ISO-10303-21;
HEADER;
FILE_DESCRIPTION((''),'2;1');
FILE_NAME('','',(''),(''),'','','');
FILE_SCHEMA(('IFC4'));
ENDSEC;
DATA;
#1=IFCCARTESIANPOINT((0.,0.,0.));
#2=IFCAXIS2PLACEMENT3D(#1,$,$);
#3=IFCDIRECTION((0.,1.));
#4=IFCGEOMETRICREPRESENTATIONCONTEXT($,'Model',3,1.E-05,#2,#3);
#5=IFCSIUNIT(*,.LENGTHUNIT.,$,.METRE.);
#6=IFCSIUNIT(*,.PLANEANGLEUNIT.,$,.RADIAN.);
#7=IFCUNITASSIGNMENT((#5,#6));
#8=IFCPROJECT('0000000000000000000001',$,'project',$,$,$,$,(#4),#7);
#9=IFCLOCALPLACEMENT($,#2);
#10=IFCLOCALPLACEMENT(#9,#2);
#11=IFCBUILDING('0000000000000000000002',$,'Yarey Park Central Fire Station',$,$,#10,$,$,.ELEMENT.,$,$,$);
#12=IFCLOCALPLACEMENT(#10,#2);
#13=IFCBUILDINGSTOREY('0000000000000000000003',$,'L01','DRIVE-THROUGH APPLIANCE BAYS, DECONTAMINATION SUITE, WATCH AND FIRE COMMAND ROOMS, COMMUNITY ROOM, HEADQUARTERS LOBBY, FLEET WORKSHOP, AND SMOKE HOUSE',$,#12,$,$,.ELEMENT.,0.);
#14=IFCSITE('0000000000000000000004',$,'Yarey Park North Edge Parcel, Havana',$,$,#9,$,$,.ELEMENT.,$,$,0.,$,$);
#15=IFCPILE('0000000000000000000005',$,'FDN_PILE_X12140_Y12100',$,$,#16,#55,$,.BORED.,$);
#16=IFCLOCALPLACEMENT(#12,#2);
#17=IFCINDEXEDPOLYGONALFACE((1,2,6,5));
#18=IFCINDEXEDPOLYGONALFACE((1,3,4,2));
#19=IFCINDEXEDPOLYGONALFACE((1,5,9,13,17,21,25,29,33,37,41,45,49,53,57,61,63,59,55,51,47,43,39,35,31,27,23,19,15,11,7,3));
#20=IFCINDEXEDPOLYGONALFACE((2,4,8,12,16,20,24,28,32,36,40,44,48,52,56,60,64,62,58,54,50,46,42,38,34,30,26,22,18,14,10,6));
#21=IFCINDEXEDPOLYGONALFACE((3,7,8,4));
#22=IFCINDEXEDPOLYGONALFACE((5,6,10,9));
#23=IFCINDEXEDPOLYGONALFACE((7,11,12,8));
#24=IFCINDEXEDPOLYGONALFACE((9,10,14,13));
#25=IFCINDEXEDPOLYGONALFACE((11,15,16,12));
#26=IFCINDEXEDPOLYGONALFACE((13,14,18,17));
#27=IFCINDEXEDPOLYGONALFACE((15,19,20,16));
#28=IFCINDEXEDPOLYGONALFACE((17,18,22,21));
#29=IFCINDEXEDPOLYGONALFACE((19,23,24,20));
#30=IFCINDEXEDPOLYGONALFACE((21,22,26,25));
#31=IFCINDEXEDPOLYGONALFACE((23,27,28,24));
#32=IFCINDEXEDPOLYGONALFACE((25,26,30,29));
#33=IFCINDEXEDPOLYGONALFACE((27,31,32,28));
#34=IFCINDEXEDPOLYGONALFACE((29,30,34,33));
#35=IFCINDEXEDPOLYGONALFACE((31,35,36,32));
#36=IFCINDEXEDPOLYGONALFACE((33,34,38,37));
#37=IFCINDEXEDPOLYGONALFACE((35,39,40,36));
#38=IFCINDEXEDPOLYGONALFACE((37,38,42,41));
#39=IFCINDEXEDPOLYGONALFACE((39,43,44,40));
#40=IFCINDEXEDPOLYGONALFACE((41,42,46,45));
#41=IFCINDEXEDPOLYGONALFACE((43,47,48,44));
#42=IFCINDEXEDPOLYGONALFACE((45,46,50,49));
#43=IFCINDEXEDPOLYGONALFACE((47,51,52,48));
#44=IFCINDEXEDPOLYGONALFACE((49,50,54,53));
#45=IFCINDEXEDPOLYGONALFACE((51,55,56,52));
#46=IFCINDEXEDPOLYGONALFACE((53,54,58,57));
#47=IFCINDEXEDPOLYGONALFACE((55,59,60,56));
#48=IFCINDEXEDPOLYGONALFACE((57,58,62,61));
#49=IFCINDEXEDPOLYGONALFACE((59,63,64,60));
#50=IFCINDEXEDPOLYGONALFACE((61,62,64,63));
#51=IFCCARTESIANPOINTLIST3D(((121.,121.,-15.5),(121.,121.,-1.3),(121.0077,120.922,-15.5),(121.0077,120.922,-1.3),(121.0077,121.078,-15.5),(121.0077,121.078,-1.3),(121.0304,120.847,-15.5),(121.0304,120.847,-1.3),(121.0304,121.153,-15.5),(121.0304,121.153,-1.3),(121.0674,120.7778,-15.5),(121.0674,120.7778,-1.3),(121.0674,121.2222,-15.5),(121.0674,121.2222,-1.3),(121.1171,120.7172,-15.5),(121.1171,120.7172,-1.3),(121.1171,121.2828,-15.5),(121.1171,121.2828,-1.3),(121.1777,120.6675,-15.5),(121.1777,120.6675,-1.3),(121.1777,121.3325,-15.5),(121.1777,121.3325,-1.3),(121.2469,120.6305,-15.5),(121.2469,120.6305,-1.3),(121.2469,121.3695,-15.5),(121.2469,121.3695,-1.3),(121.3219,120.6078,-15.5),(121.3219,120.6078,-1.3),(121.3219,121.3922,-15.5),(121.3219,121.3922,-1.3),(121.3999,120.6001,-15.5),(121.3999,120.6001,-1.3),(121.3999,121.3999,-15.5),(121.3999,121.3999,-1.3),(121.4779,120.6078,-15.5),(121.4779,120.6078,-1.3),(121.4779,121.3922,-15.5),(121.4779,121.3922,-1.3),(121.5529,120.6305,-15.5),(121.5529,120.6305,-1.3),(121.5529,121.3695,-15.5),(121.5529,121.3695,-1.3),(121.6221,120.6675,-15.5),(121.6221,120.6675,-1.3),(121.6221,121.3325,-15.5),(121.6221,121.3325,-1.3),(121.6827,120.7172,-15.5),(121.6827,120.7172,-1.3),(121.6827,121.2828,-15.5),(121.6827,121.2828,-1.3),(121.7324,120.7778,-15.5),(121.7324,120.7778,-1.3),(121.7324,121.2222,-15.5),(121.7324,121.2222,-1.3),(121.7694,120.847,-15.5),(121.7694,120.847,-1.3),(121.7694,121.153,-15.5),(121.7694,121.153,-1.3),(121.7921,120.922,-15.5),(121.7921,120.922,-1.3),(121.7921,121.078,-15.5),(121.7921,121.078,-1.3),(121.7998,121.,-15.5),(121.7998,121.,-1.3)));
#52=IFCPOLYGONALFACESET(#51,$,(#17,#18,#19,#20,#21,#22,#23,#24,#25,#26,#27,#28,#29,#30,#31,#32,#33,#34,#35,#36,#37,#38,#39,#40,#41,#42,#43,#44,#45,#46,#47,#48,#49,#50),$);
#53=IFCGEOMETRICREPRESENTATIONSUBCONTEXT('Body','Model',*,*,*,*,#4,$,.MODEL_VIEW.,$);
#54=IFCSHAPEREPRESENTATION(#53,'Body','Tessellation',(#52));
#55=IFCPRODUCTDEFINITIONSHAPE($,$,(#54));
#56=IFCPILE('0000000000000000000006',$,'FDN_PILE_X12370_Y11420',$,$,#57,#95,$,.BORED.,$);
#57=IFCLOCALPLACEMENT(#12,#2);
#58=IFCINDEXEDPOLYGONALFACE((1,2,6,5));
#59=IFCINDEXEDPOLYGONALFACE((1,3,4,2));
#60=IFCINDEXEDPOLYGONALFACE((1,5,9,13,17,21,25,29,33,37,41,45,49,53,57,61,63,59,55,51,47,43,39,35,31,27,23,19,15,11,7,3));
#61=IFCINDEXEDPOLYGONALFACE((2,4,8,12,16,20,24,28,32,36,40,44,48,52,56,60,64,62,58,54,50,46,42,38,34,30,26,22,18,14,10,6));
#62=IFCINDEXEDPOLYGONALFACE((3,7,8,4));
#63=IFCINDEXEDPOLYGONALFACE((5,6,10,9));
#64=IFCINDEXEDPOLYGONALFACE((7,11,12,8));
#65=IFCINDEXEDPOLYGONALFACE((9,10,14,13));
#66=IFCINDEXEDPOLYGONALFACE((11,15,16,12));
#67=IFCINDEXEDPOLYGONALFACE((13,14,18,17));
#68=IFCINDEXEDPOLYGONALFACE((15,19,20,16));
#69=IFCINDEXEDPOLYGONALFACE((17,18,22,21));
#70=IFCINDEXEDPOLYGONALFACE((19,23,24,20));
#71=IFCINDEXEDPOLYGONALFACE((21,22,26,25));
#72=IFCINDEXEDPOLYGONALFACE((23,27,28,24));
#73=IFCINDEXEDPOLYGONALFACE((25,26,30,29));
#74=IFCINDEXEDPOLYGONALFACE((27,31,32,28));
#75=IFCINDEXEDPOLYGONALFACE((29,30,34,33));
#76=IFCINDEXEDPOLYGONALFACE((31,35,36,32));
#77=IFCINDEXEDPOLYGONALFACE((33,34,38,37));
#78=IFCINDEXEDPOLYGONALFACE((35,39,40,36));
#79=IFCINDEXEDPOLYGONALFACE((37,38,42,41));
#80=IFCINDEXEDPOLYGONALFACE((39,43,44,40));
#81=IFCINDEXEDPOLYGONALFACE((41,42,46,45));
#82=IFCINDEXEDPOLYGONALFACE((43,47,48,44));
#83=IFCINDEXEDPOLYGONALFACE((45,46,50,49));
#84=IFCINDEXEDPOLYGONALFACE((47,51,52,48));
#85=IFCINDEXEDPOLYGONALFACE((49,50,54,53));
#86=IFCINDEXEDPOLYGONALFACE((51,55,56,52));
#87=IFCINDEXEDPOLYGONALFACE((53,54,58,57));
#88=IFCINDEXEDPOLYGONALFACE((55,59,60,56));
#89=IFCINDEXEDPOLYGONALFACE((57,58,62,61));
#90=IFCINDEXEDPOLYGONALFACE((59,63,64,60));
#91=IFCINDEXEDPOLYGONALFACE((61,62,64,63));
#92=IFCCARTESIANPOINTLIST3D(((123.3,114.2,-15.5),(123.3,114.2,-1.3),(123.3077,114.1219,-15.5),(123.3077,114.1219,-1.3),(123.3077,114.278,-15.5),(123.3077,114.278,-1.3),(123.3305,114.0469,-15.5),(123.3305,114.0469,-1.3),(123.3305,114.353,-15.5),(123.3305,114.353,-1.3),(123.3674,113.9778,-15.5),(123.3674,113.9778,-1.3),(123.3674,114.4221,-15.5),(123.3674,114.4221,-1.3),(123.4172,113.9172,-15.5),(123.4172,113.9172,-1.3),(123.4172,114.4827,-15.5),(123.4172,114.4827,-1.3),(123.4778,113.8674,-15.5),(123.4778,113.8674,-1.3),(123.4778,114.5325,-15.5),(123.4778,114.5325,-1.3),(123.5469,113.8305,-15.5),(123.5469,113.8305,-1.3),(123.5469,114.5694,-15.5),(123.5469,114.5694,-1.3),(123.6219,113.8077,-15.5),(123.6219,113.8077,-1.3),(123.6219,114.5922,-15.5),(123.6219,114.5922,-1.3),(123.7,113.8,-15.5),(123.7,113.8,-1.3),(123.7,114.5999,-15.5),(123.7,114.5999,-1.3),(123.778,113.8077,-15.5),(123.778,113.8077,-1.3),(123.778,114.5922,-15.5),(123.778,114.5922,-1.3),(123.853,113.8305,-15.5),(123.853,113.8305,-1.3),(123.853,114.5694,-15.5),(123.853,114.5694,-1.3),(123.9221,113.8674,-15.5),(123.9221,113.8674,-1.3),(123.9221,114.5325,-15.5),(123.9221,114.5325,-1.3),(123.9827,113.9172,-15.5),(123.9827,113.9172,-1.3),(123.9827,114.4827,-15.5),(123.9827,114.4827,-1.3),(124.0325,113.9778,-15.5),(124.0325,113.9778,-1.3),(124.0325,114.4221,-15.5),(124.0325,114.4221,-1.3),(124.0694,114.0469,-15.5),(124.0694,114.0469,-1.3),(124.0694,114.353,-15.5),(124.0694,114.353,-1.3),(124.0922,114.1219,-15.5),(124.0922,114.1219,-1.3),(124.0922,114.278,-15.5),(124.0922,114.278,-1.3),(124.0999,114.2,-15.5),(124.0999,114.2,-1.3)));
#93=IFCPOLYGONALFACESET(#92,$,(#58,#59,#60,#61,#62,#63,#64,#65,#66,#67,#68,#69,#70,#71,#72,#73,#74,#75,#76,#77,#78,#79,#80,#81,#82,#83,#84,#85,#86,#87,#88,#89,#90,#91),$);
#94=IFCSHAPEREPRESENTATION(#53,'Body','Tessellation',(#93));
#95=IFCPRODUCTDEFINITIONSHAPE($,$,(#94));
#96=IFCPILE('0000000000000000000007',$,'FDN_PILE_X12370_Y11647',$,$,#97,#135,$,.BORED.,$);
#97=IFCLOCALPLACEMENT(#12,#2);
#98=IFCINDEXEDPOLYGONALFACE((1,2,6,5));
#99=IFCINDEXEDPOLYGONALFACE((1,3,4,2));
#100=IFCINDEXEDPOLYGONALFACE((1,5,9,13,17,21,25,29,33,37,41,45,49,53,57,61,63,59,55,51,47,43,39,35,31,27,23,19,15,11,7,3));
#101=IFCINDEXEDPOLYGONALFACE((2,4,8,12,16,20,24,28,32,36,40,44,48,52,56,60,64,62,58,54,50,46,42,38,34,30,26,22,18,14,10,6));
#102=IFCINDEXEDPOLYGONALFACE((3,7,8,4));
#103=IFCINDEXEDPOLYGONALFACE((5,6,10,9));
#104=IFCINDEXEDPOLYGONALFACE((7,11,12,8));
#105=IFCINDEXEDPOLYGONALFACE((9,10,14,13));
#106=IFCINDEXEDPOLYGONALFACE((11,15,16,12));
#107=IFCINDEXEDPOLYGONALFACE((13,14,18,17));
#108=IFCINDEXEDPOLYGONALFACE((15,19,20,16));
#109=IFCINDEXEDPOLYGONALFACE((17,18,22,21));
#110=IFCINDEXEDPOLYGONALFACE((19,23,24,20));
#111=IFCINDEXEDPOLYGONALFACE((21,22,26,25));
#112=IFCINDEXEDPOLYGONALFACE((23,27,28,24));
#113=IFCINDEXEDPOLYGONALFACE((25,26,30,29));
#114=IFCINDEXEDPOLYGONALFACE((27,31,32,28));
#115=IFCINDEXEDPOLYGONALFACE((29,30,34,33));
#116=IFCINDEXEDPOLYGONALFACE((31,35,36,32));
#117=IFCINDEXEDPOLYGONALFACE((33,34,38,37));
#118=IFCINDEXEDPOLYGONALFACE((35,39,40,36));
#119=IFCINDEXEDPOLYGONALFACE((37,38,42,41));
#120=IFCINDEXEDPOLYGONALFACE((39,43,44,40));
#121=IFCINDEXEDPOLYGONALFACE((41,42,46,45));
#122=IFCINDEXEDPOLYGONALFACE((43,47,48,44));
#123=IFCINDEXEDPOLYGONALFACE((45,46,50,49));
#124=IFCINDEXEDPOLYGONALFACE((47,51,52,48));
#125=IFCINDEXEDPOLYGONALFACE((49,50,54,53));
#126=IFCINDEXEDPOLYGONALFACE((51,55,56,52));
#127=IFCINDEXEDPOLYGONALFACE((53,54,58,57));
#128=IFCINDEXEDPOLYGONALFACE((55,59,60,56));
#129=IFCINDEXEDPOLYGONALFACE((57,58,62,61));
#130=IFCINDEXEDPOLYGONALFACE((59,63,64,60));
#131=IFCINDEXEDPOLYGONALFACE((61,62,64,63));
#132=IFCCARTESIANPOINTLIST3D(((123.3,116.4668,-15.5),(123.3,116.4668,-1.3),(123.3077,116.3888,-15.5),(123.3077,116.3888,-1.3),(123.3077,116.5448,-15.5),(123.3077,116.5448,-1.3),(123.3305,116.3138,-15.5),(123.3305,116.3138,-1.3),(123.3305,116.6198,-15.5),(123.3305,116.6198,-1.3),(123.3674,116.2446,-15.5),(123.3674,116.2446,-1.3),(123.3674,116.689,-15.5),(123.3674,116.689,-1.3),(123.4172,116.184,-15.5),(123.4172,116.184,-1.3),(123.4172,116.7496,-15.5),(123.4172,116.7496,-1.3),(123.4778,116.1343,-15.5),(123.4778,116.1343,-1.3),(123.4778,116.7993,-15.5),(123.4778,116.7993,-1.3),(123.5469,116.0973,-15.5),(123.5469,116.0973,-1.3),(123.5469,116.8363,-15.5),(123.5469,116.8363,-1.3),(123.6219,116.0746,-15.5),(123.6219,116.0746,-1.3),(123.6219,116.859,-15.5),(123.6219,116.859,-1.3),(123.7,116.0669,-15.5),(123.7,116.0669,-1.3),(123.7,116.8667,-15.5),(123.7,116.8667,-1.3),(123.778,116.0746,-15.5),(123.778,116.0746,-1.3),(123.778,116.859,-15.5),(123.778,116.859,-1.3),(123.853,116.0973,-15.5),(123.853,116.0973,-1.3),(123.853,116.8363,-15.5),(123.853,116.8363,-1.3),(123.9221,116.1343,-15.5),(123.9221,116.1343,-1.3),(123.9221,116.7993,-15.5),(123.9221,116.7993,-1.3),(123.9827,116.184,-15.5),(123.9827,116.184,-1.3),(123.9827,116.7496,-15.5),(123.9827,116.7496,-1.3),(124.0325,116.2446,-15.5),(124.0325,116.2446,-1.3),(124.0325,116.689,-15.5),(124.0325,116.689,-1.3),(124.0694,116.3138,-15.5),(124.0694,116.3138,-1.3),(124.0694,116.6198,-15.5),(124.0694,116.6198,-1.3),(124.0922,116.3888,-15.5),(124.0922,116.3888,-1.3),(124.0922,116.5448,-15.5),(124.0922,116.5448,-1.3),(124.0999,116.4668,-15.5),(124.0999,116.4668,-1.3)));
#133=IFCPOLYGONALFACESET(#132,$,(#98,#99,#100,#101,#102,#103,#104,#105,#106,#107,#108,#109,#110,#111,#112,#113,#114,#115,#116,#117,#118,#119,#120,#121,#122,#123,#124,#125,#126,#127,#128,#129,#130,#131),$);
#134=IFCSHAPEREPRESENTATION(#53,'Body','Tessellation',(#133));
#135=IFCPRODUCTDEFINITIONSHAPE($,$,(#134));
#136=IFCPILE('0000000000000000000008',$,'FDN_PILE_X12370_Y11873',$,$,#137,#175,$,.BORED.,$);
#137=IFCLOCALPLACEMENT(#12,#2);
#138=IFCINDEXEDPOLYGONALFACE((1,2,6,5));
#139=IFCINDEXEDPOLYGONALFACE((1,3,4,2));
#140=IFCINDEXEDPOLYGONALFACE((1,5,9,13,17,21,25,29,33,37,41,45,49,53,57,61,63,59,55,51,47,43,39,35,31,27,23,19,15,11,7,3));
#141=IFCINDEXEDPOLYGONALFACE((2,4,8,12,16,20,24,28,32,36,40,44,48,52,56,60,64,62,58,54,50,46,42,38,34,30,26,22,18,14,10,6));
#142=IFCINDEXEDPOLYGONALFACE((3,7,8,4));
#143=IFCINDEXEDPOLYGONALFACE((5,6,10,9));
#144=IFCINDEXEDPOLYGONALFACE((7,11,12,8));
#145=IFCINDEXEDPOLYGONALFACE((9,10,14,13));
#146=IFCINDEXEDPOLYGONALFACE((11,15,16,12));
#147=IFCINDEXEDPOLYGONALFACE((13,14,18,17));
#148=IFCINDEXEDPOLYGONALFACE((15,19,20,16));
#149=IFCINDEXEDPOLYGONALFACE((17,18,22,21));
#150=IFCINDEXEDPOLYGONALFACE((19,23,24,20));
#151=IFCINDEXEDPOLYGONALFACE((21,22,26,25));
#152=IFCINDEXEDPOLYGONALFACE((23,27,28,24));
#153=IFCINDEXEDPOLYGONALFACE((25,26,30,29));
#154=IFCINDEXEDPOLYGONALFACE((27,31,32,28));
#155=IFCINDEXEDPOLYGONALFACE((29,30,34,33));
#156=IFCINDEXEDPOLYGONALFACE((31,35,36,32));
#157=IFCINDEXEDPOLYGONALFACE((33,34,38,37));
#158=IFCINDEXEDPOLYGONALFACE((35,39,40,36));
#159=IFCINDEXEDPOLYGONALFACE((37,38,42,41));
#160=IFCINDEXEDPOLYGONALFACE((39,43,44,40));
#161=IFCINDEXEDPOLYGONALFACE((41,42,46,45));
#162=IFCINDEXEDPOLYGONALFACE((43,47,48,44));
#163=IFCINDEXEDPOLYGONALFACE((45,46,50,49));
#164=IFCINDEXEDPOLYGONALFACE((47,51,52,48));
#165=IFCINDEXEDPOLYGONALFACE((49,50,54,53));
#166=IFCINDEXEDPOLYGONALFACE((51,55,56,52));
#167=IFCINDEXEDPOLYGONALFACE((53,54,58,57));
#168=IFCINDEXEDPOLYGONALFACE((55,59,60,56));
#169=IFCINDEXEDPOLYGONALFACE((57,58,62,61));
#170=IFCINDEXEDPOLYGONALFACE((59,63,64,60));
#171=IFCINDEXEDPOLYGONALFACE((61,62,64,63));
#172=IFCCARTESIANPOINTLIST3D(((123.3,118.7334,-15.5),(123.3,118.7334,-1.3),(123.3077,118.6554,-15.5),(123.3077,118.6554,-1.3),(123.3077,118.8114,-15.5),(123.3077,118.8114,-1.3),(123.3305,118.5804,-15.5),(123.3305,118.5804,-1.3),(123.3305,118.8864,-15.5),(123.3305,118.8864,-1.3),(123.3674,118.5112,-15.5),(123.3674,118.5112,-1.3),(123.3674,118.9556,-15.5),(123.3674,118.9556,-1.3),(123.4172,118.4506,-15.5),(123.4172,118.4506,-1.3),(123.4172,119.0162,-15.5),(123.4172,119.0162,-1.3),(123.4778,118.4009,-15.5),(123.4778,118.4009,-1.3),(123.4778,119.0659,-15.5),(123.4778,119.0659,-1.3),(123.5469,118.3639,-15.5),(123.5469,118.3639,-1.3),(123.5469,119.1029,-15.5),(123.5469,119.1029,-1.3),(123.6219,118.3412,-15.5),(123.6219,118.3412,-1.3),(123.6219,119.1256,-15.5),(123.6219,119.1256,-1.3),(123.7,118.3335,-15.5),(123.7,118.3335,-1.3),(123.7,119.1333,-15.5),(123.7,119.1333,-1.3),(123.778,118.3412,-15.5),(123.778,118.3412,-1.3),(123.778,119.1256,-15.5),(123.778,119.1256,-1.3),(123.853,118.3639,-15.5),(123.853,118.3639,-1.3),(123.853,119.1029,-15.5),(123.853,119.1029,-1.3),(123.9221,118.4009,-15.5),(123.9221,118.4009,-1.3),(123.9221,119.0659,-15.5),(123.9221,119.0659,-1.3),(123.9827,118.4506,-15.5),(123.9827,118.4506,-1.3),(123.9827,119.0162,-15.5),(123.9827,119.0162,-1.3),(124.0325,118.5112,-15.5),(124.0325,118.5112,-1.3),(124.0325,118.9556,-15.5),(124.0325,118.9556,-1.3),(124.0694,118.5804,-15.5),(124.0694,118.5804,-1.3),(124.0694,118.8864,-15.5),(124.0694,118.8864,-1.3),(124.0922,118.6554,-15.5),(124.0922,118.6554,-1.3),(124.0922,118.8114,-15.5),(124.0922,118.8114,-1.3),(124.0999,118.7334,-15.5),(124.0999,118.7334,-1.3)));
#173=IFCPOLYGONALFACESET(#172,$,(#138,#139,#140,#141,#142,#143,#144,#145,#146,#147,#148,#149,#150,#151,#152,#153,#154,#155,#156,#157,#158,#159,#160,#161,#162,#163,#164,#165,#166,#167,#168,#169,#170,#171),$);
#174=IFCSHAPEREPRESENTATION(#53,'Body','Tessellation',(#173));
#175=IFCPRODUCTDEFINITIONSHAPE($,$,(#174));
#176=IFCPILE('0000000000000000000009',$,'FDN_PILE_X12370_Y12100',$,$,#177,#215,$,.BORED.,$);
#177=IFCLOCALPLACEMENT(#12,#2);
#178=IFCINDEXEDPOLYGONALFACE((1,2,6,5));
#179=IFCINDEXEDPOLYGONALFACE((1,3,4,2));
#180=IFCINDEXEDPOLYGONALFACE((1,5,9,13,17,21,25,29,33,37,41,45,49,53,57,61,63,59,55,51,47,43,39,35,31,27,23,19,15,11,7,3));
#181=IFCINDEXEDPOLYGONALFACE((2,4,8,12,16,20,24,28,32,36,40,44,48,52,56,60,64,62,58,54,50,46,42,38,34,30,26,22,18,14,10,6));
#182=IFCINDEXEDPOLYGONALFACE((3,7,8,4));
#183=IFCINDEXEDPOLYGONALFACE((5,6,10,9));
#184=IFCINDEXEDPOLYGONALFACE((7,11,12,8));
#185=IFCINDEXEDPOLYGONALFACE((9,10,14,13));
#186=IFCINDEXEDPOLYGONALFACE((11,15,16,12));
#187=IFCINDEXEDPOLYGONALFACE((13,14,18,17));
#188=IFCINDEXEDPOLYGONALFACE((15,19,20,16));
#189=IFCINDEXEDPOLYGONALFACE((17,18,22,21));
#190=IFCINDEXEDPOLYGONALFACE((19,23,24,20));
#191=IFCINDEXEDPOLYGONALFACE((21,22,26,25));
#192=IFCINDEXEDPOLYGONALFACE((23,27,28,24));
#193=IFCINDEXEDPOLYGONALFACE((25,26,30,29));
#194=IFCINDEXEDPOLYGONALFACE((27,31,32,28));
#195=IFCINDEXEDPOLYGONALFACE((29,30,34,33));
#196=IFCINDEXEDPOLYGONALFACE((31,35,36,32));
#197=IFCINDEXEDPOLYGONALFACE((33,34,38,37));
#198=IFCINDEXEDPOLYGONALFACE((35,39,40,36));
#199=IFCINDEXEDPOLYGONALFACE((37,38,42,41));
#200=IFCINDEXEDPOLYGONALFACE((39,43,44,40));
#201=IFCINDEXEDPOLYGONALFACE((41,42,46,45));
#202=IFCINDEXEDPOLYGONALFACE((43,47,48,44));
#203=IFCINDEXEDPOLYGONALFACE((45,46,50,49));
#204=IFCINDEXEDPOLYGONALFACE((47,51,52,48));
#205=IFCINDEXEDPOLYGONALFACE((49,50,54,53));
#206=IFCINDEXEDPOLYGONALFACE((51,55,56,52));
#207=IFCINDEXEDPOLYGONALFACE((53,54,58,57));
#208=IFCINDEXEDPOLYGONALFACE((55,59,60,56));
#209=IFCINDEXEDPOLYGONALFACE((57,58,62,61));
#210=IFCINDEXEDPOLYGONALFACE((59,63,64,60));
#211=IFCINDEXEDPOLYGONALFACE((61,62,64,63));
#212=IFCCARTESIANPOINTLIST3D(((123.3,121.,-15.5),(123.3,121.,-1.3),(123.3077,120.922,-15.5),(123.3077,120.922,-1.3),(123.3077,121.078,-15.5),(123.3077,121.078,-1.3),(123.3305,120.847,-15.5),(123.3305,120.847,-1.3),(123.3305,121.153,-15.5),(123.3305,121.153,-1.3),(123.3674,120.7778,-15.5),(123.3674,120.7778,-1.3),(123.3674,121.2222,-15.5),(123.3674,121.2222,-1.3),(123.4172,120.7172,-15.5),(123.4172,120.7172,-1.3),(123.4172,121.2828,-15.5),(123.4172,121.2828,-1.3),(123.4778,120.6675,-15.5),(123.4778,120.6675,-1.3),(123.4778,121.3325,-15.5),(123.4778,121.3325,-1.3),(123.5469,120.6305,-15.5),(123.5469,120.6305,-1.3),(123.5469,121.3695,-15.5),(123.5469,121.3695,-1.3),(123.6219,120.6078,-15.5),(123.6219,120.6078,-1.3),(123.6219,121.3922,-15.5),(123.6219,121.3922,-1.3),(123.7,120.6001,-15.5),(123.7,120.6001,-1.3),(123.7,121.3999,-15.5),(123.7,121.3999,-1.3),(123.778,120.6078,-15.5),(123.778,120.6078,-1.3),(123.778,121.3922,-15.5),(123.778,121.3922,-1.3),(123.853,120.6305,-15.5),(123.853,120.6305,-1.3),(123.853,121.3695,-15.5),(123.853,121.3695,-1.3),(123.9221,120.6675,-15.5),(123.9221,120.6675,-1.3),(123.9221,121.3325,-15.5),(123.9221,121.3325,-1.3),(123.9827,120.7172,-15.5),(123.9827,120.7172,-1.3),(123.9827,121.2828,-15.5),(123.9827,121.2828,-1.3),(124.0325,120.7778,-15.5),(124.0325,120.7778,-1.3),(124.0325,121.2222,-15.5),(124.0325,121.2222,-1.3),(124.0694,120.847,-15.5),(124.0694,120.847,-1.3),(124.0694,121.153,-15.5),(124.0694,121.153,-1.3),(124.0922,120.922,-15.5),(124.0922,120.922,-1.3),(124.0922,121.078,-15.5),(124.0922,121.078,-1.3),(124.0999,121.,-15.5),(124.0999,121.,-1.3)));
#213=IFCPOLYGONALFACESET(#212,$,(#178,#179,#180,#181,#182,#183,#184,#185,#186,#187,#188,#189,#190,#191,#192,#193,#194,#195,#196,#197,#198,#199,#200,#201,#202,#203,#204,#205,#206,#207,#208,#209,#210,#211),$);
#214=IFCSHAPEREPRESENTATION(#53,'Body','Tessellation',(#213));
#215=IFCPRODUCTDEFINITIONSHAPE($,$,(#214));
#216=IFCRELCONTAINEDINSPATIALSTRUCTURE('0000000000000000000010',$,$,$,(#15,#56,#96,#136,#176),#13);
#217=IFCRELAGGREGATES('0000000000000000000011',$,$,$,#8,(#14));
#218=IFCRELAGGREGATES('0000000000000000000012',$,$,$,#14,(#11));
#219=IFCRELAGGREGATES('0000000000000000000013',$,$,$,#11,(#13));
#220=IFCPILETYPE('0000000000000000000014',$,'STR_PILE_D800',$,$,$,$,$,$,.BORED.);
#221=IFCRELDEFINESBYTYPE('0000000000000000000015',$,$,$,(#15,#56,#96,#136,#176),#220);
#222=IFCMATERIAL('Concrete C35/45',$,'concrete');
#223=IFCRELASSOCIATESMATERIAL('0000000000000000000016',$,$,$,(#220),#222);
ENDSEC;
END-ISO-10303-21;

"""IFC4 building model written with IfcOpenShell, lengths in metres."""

from ifc_helpers import new_model, si_unit, direction, frame, origin, origin_2d, place, context, subcontext, project, spatial, circle, extrude, material, material_profile, profile_set, type_object, element, save


model = new_model("IFC4")

# Units and contexts
model_context = context("Model", 3, precision=1e-05, world=origin(), true_north=direction((0.0, 1.0)))
body_context = subcontext(model_context, "Body", "Model", "MODEL_VIEW")
ifc_project = project(units=[si_unit("LENGTHUNIT", "METRE"), si_unit("PLANEANGLEUNIT", "RADIAN")], contexts=[model_context])

# Site, building, storey
site_placement = place(None, origin())
site = spatial("IfcSite", under=ifc_project, at=site_placement, Name="Yarey Park North Edge Parcel, Havana", CompositionType="ELEMENT", RefElevation=0.0)
building_placement = place(site_placement, origin())
building = spatial("IfcBuilding", under=site, at=building_placement, Name="Yarey Park Central Fire Station", CompositionType="ELEMENT")
storey_placement = place(building_placement, origin())
storey = spatial("IfcBuildingStorey", under=building, at=storey_placement, Name="L01", Description="DRIVE-THROUGH APPLIANCE BAYS, DECONTAMINATION SUITE, WATCH AND FIRE COMMAND ROOMS, COMMUNITY ROOM, HEADQUARTERS LOBBY, FLEET WORKSHOP, AND SMOKE HOUSE", CompositionType="ELEMENT", Elevation=0.0)

# Shared definitions
ifc_material_1 = material(Name="Concrete C35/45", Category="concrete")

# Piles
ifc_material_profile_1 = material_profile(ifc_material_1, circle(Radius=0.3999, at=origin_2d()), Name="BORED PILE D800")
ifc_profile_set_1 = profile_set([ifc_material_profile_1], Name="Concrete C35/45")
pile_type = type_object("IfcPileType", Name="STR_PILE_D800", PredefinedType="BORED", material=ifc_profile_set_1)
for number, where, z_axis, x_axis, name in (
    (1, (121.3999, 121.0, -1.3), (0.0, 0.0, -1.0), (1.0, 0.0, 0.0), "FDN_PILE_X12140_Y12100"),
    (2, (123.7, 114.2, -1.3), (0.0, 0.0, -1.0), (1.0, 0.0, 0.0), "FDN_PILE_X12370_Y11420"),
    (3, (123.7, 116.4668, -1.3), (0.0, 0.0, -1.0), (1.0, 0.0, 0.0), "FDN_PILE_X12370_Y11647"),
    (4, (123.7, 118.7334, -1.3), (0.0, 0.0, -1.0), (1.0, 0.0, 0.0), "FDN_PILE_X12370_Y11873"),
    (5, (123.7, 121.0, -1.3), (0.0, 0.0, -1.0), (1.0, 0.0, 0.0), "FDN_PILE_X12370_Y12100"),
):
    element("IfcPile", number, at=place(storey_placement, frame(where, z_axis=z_axis, x_axis=x_axis)), inside=storey, type_object=pile_type, Name=name, PredefinedType="BORED", context=body_context, shape_type="SweptSolid", body=[
        extrude(circle(Radius=0.3999, at=origin_2d()), origin(), (0.0, 0.0, 1.0), 14.2),
    ])

save(model, "model.ifc")
